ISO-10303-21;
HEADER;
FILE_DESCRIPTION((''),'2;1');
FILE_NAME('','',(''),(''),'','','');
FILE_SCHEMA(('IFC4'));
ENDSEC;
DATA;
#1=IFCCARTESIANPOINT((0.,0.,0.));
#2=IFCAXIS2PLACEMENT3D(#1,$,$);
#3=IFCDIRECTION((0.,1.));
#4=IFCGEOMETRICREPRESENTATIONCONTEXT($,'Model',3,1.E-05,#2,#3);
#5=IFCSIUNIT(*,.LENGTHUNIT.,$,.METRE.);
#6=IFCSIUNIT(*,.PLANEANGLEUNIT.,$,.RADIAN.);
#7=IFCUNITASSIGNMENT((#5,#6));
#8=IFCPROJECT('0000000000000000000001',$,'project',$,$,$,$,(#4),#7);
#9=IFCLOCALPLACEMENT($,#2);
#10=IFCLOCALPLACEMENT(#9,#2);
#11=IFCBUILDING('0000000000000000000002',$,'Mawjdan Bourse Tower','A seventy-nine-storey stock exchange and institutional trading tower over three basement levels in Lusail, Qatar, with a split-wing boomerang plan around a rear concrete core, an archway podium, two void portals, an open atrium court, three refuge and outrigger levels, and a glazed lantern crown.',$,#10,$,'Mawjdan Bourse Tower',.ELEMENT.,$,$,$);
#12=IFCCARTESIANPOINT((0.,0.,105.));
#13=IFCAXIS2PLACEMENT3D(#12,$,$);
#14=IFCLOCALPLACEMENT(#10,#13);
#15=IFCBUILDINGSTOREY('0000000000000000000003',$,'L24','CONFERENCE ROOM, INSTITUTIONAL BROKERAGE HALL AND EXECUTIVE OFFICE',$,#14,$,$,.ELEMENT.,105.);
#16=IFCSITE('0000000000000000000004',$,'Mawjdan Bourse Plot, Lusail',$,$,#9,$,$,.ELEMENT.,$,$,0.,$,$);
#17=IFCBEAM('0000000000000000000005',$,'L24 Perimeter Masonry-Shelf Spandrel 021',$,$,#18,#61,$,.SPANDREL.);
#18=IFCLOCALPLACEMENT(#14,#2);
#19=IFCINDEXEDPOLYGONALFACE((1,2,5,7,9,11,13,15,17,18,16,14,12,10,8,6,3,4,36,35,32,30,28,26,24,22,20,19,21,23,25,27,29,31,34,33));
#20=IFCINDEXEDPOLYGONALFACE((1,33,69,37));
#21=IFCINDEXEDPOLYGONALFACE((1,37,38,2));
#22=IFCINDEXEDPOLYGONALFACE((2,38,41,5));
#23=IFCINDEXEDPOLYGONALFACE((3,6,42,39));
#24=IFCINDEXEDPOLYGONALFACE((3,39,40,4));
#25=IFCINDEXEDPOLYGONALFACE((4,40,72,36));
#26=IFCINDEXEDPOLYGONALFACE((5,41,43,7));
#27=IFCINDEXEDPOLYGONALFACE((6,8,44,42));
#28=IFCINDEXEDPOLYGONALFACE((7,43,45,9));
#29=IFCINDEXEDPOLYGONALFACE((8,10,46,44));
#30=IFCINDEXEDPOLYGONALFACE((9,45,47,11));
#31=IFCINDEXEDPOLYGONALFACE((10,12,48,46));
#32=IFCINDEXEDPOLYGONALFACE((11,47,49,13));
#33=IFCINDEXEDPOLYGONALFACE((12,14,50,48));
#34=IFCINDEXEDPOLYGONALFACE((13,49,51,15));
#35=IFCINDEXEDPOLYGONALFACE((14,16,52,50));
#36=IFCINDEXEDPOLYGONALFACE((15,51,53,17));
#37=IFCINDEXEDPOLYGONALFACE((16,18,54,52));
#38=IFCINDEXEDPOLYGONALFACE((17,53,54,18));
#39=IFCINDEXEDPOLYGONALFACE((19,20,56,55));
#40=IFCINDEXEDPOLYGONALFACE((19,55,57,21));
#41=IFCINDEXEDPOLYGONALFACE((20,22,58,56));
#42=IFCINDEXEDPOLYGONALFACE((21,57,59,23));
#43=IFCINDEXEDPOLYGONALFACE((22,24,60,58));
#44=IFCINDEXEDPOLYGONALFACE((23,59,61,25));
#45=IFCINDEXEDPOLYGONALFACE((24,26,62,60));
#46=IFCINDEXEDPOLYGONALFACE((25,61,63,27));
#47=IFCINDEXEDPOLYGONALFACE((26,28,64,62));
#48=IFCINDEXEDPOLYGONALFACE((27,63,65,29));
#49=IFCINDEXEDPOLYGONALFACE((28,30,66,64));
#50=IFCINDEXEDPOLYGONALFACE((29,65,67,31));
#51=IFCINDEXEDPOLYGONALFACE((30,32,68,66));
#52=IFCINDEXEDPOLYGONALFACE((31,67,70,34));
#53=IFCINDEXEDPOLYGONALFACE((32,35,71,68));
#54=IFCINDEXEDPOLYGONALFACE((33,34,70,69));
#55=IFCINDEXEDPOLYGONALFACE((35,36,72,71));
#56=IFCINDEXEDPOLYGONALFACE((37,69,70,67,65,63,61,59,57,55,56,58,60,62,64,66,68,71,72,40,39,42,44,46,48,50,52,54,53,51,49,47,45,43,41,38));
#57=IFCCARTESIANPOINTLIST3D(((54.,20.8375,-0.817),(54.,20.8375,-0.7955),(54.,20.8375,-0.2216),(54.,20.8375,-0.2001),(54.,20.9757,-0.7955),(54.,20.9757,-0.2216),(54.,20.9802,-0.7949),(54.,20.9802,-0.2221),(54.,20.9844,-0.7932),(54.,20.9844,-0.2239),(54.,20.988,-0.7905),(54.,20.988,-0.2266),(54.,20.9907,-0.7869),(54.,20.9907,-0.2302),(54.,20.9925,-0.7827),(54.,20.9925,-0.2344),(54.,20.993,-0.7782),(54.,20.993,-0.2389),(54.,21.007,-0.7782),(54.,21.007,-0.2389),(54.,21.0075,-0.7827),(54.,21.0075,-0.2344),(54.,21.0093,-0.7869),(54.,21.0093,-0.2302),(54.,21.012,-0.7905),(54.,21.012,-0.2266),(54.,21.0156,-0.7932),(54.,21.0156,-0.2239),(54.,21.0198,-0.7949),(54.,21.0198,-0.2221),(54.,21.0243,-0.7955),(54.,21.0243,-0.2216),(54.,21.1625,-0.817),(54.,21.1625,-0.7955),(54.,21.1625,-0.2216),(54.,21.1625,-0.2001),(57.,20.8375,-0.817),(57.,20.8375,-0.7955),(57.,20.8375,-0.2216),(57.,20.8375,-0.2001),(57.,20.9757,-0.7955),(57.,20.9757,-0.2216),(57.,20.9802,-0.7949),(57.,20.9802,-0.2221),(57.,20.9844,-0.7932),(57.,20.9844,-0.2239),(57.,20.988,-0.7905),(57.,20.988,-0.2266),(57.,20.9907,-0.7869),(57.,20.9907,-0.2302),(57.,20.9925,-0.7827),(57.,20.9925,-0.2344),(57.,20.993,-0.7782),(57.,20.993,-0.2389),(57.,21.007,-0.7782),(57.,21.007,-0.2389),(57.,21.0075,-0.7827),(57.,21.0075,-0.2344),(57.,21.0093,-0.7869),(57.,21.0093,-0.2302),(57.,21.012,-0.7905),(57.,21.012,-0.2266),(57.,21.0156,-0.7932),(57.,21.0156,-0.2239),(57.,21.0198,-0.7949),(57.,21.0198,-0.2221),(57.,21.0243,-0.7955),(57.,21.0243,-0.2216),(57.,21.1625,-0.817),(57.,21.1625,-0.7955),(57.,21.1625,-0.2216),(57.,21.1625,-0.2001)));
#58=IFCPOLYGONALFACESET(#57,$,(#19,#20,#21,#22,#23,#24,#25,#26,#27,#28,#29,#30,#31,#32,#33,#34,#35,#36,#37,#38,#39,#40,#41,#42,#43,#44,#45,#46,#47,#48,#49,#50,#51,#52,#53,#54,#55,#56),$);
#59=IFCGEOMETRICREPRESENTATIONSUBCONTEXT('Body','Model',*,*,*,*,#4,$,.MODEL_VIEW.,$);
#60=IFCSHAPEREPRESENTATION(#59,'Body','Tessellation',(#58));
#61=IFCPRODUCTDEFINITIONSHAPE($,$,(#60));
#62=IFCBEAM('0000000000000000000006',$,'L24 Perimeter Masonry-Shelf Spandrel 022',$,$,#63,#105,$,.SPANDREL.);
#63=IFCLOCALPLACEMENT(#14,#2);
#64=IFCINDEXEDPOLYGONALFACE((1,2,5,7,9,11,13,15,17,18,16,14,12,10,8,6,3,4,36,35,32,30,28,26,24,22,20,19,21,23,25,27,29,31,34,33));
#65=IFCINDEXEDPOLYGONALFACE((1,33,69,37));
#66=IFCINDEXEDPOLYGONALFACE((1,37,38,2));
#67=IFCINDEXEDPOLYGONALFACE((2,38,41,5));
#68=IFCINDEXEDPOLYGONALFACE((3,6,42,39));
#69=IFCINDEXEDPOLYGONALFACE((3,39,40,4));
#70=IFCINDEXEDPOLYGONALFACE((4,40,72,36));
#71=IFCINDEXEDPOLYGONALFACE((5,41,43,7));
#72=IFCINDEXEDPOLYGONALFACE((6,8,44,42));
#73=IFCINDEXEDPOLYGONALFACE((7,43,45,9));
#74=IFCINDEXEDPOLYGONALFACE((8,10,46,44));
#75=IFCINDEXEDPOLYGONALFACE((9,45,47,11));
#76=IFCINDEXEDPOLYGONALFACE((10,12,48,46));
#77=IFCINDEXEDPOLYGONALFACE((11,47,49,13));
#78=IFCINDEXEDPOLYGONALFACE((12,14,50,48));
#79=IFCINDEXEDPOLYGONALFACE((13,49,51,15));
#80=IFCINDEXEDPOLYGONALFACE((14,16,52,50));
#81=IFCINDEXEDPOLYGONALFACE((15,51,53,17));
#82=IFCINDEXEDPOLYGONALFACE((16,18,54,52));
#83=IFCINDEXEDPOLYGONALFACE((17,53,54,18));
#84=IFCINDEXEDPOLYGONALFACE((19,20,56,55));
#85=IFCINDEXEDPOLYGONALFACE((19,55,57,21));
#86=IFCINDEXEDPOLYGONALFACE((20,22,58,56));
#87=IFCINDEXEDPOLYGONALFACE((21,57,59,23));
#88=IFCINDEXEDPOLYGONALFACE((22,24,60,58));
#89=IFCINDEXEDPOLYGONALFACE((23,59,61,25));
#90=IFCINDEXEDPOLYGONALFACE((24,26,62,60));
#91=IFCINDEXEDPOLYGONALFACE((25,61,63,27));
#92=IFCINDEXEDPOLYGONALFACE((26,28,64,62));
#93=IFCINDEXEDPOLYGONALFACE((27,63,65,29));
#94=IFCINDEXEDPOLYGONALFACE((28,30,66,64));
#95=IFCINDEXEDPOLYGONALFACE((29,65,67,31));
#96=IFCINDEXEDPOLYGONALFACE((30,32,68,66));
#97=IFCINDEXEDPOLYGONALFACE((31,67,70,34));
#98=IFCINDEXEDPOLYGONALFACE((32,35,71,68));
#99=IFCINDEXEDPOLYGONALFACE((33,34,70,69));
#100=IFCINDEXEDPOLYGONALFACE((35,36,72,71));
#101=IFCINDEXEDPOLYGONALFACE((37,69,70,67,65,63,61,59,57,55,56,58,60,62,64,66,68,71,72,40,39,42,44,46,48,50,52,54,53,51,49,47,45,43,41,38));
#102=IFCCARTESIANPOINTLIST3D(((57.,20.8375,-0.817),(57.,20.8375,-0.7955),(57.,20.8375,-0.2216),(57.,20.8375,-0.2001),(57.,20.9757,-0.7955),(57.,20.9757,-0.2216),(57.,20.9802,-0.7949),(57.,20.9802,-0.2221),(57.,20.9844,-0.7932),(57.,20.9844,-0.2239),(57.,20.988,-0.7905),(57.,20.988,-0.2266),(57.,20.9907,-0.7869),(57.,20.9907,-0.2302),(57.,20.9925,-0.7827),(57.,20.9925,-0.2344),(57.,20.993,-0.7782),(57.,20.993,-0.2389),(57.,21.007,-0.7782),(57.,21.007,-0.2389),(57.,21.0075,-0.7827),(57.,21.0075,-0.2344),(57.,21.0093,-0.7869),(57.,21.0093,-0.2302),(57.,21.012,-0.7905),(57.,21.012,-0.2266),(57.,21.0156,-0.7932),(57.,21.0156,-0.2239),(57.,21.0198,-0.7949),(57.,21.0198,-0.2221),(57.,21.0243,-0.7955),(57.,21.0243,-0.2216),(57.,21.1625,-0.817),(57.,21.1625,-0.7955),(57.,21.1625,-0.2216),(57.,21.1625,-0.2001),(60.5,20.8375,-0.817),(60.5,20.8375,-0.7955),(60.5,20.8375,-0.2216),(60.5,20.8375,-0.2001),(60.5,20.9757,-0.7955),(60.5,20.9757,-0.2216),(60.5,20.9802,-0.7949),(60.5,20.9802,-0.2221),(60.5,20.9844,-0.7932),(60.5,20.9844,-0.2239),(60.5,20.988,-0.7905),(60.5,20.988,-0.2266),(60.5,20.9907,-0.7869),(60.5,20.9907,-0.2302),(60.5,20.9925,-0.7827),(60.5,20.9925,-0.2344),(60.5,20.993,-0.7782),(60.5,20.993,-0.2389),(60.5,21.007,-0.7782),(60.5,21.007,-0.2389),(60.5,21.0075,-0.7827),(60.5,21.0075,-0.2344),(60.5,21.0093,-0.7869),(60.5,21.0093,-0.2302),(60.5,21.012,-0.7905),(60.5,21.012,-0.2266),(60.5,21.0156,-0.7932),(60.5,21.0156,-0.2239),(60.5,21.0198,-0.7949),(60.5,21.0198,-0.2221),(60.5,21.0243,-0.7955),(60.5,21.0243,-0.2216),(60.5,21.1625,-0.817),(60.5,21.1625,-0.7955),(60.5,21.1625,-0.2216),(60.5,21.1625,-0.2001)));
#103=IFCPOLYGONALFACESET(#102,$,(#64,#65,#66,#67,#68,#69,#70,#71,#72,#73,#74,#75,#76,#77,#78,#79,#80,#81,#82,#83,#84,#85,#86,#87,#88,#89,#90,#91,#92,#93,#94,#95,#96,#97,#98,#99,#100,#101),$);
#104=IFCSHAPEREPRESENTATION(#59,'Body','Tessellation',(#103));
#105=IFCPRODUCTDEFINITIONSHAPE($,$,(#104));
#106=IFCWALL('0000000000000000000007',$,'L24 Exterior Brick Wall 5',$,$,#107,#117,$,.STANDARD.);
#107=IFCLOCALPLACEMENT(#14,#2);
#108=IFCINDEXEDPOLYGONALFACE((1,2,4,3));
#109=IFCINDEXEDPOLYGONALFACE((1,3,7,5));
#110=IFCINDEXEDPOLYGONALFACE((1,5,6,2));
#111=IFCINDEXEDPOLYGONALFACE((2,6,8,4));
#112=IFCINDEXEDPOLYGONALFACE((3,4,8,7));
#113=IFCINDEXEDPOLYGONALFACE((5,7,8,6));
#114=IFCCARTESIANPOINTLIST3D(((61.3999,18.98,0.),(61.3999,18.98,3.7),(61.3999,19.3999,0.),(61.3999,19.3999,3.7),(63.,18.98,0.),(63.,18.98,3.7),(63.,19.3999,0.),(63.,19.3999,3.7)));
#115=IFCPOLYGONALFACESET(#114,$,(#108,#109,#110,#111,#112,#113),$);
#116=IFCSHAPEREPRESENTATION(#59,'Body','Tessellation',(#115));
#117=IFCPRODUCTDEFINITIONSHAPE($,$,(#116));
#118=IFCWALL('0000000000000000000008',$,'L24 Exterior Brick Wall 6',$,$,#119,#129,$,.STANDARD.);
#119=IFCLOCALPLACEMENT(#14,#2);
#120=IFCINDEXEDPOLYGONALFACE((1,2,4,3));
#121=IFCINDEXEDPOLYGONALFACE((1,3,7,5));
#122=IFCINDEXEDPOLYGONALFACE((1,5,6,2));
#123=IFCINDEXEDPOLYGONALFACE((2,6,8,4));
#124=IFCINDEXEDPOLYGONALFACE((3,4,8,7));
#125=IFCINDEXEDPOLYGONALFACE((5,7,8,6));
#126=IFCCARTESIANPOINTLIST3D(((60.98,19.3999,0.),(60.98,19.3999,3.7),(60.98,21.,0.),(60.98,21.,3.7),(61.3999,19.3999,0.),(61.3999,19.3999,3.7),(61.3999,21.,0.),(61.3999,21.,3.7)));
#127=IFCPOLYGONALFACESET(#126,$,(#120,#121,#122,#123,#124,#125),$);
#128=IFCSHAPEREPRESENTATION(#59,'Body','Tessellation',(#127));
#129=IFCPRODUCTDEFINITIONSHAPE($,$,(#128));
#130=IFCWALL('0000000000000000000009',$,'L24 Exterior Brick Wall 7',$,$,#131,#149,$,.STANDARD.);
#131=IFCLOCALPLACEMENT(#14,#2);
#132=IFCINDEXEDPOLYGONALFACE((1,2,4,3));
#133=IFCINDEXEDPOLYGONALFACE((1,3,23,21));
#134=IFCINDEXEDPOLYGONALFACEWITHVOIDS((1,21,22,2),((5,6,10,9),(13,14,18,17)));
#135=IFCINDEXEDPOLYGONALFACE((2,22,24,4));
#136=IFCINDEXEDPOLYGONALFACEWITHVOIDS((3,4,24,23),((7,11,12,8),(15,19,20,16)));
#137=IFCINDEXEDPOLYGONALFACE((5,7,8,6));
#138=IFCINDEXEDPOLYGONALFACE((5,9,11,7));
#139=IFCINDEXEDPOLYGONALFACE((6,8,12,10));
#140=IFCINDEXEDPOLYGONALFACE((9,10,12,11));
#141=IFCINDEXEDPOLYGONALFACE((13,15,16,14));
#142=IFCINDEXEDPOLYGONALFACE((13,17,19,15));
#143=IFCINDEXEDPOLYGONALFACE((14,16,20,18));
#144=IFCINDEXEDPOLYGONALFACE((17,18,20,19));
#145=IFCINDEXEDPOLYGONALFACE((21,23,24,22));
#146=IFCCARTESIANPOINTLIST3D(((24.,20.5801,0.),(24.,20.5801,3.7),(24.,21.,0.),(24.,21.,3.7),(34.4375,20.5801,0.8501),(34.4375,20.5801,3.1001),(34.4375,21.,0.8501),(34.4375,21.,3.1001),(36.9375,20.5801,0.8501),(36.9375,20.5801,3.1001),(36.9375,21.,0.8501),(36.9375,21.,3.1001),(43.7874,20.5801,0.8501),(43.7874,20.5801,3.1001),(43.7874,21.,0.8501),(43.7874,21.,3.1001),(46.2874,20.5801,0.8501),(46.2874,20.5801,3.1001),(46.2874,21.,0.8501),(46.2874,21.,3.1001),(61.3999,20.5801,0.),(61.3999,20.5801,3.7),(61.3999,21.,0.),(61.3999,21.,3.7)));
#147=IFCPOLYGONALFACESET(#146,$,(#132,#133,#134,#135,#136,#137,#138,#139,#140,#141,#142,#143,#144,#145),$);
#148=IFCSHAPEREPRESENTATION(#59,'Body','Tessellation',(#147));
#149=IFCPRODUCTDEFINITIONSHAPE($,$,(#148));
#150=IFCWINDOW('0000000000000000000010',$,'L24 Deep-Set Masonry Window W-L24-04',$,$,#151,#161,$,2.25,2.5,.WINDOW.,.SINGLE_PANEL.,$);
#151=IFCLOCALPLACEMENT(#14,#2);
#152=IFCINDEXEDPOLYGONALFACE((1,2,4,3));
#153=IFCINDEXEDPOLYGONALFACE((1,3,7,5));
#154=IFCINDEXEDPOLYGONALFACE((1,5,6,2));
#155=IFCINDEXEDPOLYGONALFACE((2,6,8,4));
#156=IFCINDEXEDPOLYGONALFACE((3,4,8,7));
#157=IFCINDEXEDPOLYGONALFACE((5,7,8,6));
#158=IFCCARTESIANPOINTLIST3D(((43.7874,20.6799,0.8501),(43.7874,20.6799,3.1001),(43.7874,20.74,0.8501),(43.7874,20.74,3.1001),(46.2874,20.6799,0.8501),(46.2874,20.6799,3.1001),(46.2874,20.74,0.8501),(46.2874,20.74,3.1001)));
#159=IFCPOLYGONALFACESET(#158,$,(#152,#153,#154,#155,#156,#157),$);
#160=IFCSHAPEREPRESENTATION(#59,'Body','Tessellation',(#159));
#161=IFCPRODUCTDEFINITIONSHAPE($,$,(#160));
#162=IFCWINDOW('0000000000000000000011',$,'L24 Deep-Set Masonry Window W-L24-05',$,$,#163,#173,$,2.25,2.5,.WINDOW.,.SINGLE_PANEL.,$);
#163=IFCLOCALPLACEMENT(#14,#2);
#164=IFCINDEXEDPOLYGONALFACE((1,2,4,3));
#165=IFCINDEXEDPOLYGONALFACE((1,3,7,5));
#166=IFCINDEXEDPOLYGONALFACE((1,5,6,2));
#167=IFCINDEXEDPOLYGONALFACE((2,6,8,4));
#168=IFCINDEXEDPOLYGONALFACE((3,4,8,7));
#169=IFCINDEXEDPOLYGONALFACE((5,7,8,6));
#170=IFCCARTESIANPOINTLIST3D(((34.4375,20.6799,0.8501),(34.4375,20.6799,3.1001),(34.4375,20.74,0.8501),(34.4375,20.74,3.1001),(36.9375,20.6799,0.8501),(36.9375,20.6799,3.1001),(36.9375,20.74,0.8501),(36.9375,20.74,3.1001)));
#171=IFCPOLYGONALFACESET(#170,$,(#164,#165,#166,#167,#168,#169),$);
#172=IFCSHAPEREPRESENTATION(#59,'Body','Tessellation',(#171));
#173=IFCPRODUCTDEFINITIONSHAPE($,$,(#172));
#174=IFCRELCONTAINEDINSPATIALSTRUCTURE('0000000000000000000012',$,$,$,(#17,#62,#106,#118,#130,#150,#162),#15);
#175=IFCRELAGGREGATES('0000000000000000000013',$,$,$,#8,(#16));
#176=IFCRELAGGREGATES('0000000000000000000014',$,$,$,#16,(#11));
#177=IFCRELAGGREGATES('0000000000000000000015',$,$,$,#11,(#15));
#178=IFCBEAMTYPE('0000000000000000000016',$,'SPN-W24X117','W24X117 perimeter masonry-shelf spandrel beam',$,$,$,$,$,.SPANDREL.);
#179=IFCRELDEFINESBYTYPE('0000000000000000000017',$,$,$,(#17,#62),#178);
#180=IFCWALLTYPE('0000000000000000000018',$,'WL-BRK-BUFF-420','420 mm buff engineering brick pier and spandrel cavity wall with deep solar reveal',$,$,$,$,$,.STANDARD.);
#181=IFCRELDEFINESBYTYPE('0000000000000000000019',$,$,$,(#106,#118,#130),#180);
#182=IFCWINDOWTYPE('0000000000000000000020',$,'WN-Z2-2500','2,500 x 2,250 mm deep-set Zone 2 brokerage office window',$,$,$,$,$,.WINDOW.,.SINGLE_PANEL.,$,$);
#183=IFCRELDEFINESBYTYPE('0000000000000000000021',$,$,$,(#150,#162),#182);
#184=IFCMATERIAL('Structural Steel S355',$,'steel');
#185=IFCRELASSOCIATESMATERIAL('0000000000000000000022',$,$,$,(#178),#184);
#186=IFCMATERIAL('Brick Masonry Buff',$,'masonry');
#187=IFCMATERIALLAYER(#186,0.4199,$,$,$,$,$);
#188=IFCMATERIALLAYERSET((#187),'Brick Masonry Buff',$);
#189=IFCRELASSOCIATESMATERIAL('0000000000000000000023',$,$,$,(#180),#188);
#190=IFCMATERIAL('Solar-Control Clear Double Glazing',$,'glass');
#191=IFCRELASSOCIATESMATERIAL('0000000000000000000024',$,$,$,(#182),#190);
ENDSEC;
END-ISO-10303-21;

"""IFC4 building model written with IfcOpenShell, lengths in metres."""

from ifc_helpers import new_model, si_unit, direction, frame, frame_2d, origin, origin_2d, place, context, subcontext, project, spatial, rectangle, i_section, extrude, material, layer, layer_set, material_profile, profile_set, type_object, element, fill, save


model = new_model("IFC4")

# Units and contexts
model_context = context("Model", 3, precision=1e-05, world=origin(), true_north=direction((0.0, 1.0)))
body_context = subcontext(model_context, "Body", "Model", "MODEL_VIEW")
ifc_project = project(units=[si_unit("LENGTHUNIT", "METRE"), si_unit("PLANEANGLEUNIT", "RADIAN")], contexts=[model_context])

# Site, building, storey
site_placement = place(None, origin())
site = spatial("IfcSite", under=ifc_project, at=site_placement, Name="Mawjdan Bourse Plot, Lusail", CompositionType="ELEMENT", RefElevation=0.0)
building_placement = place(site_placement, origin())
building = spatial("IfcBuilding", under=site, at=building_placement, Name="Mawjdan Bourse Tower", Description="A seventy-nine-storey stock exchange and institutional trading tower over three basement levels in Lusail, Qatar, with a split-wing boomerang plan around a rear concrete core, an archway podium, two void portals, an open atrium court, three refuge and outrigger levels, and a glazed lantern crown.", LongName="Mawjdan Bourse Tower", CompositionType="ELEMENT")
storey_placement = place(building_placement, frame((0.0, 0.0, 105.0)))
storey = spatial("IfcBuildingStorey", under=building, at=storey_placement, Name="L24", Description="CONFERENCE ROOM, INSTITUTIONAL BROKERAGE HALL AND EXECUTIVE OFFICE", CompositionType="ELEMENT", Elevation=105.0)

# Beams
ifc_material_1 = material(Name="Structural Steel S355", Category="steel")
ifc_material_profile_1 = material_profile(ifc_material_1, i_section(OverallWidth=0.325, OverallDepth=0.6169, WebThickness=0.0139, FlangeThickness=0.0215, FilletRadius=0.0173, at=origin_2d()), Name="W24X117")
ifc_profile_set_1 = profile_set([ifc_material_profile_1], Name="Structural Steel S355")
beam_type_1 = type_object("IfcBeamType", Name="SPN-W24X117", Description="W24X117 perimeter masonry-shelf spandrel beam", PredefinedType="SPANDREL", material=ifc_profile_set_1)
for number, where, z_axis, x_axis, name in (
    (1, (54.0, 21.0, -0.5085), (1.0, 0.0, 0.0), (0.0, 1.0, 0.0), "L24 Perimeter Masonry-Shelf Spandrel 021"),
):
    element("IfcBeam", number, at=place(storey_placement, frame(where, z_axis=z_axis, x_axis=x_axis)), inside=storey, type_object=beam_type_1, Name=name, PredefinedType="SPANDREL", context=body_context, shape_type="SweptSolid", body=[
        extrude(i_section(OverallWidth=0.325, OverallDepth=0.6169, WebThickness=0.0139, FlangeThickness=0.0215, FilletRadius=0.0173, at=origin_2d()), origin(), (0.0, 0.0, 1.0), 3.0),
    ])
beam_1_placement = place(storey_placement, frame((57.0, 21.0, -0.5085), z_axis=(1.0, 0.0, 0.0), x_axis=(0.0, 1.0, 0.0)))
element("IfcBeam", 2, at=beam_1_placement, inside=storey, type_object=beam_type_1, Name="L24 Perimeter Masonry-Shelf Spandrel 022", PredefinedType="SPANDREL", context=body_context, shape_type="SweptSolid", body=[
    extrude(i_section(OverallWidth=0.325, OverallDepth=0.6169, WebThickness=0.0139, FlangeThickness=0.0215, FilletRadius=0.0173, at=origin_2d()), origin(), (0.0, 0.0, 1.0), 3.5),
])

# Walls
ifc_material_2 = material(Name="Brick Masonry Buff", Category="masonry")
ifc_layer = layer(ifc_material_2, 0.4199)
ifc_layer_set = layer_set([ifc_layer], Name="Brick Masonry Buff")
wall_type = type_object("IfcWallType", Name="WL-BRK-BUFF-420", Description="420 mm buff engineering brick pier and spandrel cavity wall with deep solar reveal", PredefinedType="STANDARD", material=ifc_layer_set)
for number, where, z_axis, x_axis, name in (
    (3, (63.0, 19.1899, 0.0), (0.0, 0.0, 1.0), (-1.0, 0.0, 0.0), "L24 Exterior Brick Wall 5"),
    (4, (61.1899, 19.3999, 0.0), (0.0, 0.0, 1.0), (0.0, 1.0, 0.0), "L24 Exterior Brick Wall 6"),
):
    element("IfcWall", number, at=place(storey_placement, frame(where, z_axis=z_axis, x_axis=x_axis)), inside=storey, type_object=wall_type, Name=name, PredefinedType="STANDARD", context=body_context, shape_type="SweptSolid", body=[
        extrude(rectangle(XDim=1.6001, YDim=0.4199, at=frame_2d((0.8, 0.0))), origin(), (0.0, 0.0, 1.0), 3.7),
    ])

# Wall, openings, windows
wall_placement = place(storey_placement, frame((61.3999, 20.79, 0.0), z_axis=(0.0, 0.0, 1.0), x_axis=(-1.0, 0.0, 0.0)))
wall = element("IfcWall", 5, at=wall_placement, inside=storey, type_object=wall_type, Name="L24 Exterior Brick Wall 7", PredefinedType="STANDARD", context=body_context, shape_type="SweptSolid", body=[
    extrude(rectangle(XDim=37.3999, YDim=0.4199, at=frame_2d((18.7, 0.0))), origin(), (0.0, 0.0, 1.0), 3.7),
])
opening_1_placement = place(wall_placement, frame((15.1125, 0.0, 0.8501)))
opening_1 = element("IfcOpeningElement", 6, at=opening_1_placement, cuts=wall, PredefinedType="OPENING", context=body_context, shape_type="SweptSolid", body=[
    extrude(rectangle(XDim=2.5, YDim=2.25, at=frame_2d((1.25, 1.125))), frame((0.0, 0.22, 0.0), z_axis=(0.0, -1.0, 0.0), x_axis=(1.0, 0.0, 0.0)), (0.0, 0.0, 1.0), 0.4399),
])
opening_2_placement = place(wall_placement, frame((24.4624, 0.0, 0.8501)))
opening_2 = element("IfcOpeningElement", 7, at=opening_2_placement, cuts=wall, PredefinedType="OPENING", context=body_context, shape_type="SweptSolid", body=[
    extrude(rectangle(XDim=2.5, YDim=2.25, at=frame_2d((1.25, 1.125))), frame((0.0, 0.22, 0.0), z_axis=(0.0, -1.0, 0.0), x_axis=(1.0, 0.0, 0.0)), (0.0, 0.0, 1.0), 0.4399),
])
ifc_material_3 = material(Name="Solar-Control Clear Double Glazing", Category="glass")
window_type = type_object("IfcWindowType", Name="WN-Z2-2500", Description="2,500 x 2,250 mm deep-set Zone 2 brokerage office window", PartitioningType="SINGLE_PANEL", PredefinedType="WINDOW", material=ifc_material_3)
window_1_placement = place(opening_1_placement, origin())
window_1 = element("IfcWindow", 8, at=window_1_placement, inside=storey, type_object=window_type, Name="L24 Deep-Set Masonry Window W-L24-04", OverallHeight=2.25, OverallWidth=2.5, PartitioningType="SINGLE_PANEL", PredefinedType="WINDOW", context=body_context, shape_type="SweptSolid", body=[
    extrude(rectangle(XDim=2.5, YDim=2.25, at=frame_2d((1.25, 1.125))), frame((0.0, 0.1101, 0.0), z_axis=(0.0, -1.0, 0.0), x_axis=(1.0, 0.0, 0.0)), (0.0, 0.0, 1.0), 0.0601),
])
fill(opening_1, window_1)
window_2_placement = place(opening_2_placement, origin())
window_2 = element("IfcWindow", 9, at=window_2_placement, inside=storey, type_object=window_type, Name="L24 Deep-Set Masonry Window W-L24-05", OverallHeight=2.25, OverallWidth=2.5, PartitioningType="SINGLE_PANEL", PredefinedType="WINDOW", context=body_context, shape_type="SweptSolid", body=[
    extrude(rectangle(XDim=2.5, YDim=2.25, at=frame_2d((1.25, 1.125))), frame((0.0, 0.1101, 0.0), z_axis=(0.0, -1.0, 0.0), x_axis=(1.0, 0.0, 0.0)), (0.0, 0.0, 1.0), 0.0601),
])
fill(opening_2, window_2)

save(model, "model.ifc")
